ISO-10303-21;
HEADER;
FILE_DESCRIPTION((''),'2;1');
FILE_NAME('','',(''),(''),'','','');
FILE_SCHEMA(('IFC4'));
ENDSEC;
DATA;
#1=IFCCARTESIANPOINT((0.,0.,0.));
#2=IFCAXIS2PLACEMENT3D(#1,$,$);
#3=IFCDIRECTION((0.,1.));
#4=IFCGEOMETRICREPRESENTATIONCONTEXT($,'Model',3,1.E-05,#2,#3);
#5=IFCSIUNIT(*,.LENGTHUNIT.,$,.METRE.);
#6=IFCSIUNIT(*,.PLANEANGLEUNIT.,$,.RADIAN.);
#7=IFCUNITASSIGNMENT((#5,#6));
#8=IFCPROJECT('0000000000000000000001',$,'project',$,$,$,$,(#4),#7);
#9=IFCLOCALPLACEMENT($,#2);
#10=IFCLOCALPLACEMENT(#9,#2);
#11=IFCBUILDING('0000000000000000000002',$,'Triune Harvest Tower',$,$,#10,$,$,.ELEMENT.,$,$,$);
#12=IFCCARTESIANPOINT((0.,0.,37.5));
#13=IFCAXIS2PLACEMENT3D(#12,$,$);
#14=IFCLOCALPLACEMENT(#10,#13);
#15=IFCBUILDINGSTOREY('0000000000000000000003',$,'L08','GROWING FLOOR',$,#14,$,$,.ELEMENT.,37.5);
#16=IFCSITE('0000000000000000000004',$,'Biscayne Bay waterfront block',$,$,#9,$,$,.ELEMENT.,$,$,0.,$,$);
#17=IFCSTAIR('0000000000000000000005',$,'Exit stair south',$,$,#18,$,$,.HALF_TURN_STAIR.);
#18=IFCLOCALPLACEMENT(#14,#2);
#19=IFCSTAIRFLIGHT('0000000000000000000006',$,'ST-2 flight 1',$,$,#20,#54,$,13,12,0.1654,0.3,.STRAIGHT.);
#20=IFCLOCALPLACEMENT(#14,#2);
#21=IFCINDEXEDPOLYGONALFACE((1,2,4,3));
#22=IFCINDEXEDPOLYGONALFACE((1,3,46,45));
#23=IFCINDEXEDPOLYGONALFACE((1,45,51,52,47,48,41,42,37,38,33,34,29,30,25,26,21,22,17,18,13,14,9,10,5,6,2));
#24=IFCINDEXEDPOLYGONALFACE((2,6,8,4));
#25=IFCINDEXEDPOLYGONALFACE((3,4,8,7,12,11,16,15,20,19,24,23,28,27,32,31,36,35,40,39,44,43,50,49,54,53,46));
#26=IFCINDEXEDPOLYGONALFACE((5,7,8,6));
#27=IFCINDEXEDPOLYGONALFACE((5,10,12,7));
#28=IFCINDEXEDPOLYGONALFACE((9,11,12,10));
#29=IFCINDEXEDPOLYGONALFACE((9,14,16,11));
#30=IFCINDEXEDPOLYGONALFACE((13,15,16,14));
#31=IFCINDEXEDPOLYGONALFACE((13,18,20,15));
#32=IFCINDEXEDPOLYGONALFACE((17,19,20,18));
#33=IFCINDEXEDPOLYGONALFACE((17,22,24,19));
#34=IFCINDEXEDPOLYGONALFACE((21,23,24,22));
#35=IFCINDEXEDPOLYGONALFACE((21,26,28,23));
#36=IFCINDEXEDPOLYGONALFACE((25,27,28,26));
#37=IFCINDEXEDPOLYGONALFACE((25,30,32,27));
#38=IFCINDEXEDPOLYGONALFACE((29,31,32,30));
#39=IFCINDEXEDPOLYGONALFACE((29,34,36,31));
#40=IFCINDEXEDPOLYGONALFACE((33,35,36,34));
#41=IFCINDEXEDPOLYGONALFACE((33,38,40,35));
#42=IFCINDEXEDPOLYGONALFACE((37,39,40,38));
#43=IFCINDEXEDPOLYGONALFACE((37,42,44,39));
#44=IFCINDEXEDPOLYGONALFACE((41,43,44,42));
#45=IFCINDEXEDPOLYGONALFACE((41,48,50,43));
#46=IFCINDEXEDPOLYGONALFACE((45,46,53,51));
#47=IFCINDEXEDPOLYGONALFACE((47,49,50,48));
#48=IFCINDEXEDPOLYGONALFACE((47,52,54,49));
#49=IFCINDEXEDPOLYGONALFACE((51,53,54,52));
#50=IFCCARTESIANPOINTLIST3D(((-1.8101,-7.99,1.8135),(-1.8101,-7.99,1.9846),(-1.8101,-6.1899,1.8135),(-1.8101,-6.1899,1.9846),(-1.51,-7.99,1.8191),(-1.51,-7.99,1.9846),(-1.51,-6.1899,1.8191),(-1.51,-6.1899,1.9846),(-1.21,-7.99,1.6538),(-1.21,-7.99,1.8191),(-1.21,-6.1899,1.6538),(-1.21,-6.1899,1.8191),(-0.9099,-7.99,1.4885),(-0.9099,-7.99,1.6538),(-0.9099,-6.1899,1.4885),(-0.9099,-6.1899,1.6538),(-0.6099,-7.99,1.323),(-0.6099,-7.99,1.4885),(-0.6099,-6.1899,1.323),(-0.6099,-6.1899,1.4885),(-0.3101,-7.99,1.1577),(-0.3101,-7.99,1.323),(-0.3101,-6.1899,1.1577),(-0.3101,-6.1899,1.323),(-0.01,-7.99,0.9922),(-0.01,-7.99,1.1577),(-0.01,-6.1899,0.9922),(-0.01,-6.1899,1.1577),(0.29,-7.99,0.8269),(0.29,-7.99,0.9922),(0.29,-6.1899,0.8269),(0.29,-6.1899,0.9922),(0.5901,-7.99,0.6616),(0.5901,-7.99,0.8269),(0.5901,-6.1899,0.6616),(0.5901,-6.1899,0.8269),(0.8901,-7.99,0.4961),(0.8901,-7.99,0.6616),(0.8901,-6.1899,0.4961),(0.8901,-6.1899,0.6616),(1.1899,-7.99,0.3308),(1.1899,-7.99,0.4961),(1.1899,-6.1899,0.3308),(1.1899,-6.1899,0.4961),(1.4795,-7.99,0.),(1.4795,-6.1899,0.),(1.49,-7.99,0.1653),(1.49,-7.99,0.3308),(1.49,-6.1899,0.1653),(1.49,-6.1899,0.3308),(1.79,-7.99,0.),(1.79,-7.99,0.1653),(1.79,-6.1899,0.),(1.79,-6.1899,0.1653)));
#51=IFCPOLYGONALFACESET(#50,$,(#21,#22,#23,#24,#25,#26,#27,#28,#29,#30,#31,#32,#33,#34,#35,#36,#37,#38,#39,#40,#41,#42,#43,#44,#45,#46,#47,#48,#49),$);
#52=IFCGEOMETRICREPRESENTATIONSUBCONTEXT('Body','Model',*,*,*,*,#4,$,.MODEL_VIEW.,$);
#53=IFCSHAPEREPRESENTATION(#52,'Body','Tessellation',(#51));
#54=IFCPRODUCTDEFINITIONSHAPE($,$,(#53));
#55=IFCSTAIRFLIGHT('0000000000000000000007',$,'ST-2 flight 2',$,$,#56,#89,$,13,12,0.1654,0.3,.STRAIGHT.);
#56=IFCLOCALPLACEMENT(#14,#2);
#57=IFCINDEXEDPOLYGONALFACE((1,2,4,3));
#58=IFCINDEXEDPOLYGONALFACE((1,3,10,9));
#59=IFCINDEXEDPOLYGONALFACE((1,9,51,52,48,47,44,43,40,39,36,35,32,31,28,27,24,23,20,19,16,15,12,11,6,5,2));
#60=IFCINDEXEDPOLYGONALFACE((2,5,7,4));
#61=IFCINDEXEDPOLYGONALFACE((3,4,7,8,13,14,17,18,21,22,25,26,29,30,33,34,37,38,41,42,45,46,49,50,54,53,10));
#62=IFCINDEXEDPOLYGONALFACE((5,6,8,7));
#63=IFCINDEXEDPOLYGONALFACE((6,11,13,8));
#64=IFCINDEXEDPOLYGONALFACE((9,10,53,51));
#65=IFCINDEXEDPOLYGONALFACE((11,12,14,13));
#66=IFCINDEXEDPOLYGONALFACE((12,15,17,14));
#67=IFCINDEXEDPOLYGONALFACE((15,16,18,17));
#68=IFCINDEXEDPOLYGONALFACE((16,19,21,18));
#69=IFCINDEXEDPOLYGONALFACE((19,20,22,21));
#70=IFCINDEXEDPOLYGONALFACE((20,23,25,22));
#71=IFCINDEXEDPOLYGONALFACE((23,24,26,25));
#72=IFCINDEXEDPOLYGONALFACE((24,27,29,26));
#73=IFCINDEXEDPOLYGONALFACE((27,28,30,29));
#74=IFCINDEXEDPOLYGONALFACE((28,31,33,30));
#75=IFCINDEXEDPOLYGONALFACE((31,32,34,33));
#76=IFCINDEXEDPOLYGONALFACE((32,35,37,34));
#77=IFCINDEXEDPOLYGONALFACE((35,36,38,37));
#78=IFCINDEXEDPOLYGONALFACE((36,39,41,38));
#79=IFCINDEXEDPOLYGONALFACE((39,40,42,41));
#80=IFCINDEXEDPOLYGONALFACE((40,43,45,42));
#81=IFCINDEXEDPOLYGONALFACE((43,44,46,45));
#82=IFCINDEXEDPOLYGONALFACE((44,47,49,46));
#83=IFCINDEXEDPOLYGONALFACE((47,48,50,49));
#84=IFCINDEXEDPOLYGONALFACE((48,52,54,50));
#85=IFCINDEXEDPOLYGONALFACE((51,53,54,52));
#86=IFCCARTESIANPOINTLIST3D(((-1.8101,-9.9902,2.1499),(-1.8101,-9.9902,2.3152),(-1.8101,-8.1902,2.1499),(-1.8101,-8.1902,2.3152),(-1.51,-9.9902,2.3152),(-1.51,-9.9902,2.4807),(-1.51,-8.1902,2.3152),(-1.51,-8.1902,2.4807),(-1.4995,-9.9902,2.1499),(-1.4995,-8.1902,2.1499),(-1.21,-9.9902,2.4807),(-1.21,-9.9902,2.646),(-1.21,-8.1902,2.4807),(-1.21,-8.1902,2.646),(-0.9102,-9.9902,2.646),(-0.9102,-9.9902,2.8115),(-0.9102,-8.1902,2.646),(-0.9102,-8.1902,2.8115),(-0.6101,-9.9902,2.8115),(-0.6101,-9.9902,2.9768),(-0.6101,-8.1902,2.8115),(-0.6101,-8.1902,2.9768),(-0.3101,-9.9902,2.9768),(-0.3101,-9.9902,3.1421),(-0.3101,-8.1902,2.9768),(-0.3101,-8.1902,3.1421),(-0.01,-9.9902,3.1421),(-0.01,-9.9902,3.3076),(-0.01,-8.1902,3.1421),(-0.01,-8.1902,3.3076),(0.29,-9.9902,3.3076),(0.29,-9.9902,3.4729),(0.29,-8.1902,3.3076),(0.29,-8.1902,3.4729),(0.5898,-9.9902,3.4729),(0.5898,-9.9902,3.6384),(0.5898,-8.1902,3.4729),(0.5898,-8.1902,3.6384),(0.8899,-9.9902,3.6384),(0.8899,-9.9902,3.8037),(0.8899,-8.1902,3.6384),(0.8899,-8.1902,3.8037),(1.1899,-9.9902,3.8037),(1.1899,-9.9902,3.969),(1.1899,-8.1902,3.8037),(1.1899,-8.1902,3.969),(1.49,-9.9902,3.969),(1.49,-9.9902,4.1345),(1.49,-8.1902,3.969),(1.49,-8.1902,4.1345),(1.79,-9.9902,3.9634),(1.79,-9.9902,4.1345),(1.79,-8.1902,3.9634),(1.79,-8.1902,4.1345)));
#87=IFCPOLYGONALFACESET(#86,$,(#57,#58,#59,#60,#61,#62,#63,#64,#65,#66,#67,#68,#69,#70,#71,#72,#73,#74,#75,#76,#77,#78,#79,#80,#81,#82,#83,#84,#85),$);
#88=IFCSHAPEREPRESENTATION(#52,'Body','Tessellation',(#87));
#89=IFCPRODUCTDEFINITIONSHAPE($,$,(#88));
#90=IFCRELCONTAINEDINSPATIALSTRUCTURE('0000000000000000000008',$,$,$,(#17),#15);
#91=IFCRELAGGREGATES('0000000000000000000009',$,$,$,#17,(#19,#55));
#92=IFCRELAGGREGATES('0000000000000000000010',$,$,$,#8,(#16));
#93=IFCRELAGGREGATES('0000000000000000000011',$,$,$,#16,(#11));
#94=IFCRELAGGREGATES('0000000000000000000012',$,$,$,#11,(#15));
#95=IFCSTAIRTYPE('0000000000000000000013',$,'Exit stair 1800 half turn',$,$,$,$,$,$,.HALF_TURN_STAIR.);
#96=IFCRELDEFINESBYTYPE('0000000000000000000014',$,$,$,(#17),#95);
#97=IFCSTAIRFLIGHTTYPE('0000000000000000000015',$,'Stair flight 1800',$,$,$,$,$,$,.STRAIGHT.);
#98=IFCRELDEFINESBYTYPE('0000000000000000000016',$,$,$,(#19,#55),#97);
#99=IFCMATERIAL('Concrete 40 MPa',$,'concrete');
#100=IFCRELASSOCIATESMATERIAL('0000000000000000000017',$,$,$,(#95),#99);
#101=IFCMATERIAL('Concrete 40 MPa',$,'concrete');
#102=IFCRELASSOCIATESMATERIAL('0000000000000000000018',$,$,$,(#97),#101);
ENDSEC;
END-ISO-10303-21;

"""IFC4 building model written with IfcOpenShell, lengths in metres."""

from ifc_helpers import new_model, si_unit, direction, frame, origin, place, context, subcontext, project, spatial, polyline, outline, extrude, source, transform, mapped, material, type_object, element, aggregate, save


model = new_model("IFC4")

# Units and contexts
model_context = context("Model", 3, precision=1e-05, world=origin(), true_north=direction((0.0, 1.0)))
body_context = subcontext(model_context, "Body", "Model", "MODEL_VIEW")
ifc_project = project(units=[si_unit("LENGTHUNIT", "METRE"), si_unit("PLANEANGLEUNIT", "RADIAN")], contexts=[model_context])

# Site, building, storey
site_placement = place(None, origin())
site = spatial("IfcSite", under=ifc_project, at=site_placement, Name="Biscayne Bay waterfront block", CompositionType="ELEMENT", RefElevation=0.0)
building_placement = place(site_placement, origin())
building = spatial("IfcBuilding", under=site, at=building_placement, Name="Triune Harvest Tower", CompositionType="ELEMENT")
storey_placement = place(building_placement, frame((0.0, 0.0, 37.5)))
storey = spatial("IfcBuildingStorey", under=building, at=storey_placement, Name="L08", Description="GROWING FLOOR", CompositionType="ELEMENT", Elevation=37.5)

# Stair, stair flights
ifc_material_1 = material(Name="Concrete 40 MPa", Category="concrete")
stair_type = type_object("IfcStairType", Name="Exit stair 1800 half turn", PredefinedType="HALF_TURN_STAIR", material=ifc_material_1)
stair_placement = place(storey_placement, origin())
stair = element("IfcStair", 1, at=stair_placement, inside=storey, type_object=stair_type, Name="Exit stair south", PredefinedType="HALF_TURN_STAIR")
ifc_material_2 = material(Name="Concrete 40 MPa", Category="concrete")
stair_flight_type = type_object("IfcStairFlightType", Name="Stair flight 1800", PredefinedType="STRAIGHT", material=ifc_material_2)
shared_shape_1 = source(origin(), body_context, "Body", "SweptSolid", [
    extrude(outline(polyline([(0.0, 0.0), (0.0, 0.1653), (0.3, 0.1653), (0.3, 0.3308), (0.6001, 0.3308), (0.6001, 0.4961), (0.8999, 0.4961), (0.8999, 0.6616), (1.2, 0.6616), (1.2, 0.8269), (1.5, 0.8269), (1.5, 0.9922), (1.8, 0.9922), (1.8, 1.1577), (2.1001, 1.1577), (2.1001, 1.323), (2.3999, 1.323), (2.3999, 1.4885), (2.7, 1.4885), (2.7, 1.6538), (3.0, 1.6538), (3.0, 1.8191), (3.3, 1.8191), (3.3, 1.9846), (3.6001, 1.9846), (3.6001, 2.1499), (3.6001, 1.8135), (0.3105, 0.0), (0.0, 0.0)])), frame((0.0, 0.8999, 0.0), z_axis=(0.0, -1.0, 0.0), x_axis=(1.0, 0.0, 0.0)), (0.0, 0.0, 1.0), 1.8),
])
stair_flight_1_placement = place(storey_placement, frame((1.79, -7.0901, 0.0), z_axis=(0.0, 0.0, 1.0), x_axis=(-1.0, 0.0, 0.0)))
stair_flight_1 = element("IfcStairFlight", 2, at=stair_flight_1_placement, type_object=stair_flight_type, Name="ST-2 flight 1", NumberOfRisers=13, NumberOfTreads=12, PredefinedType="STRAIGHT", RiserHeight=0.1654, TreadLength=0.3, context=body_context, shape_type="MappedRepresentation", body=[
    mapped(shared_shape_1, transform((0.0, 0.0, 0.0), scale=1.0)),
])
stair_flight_2_placement = place(storey_placement, frame((-1.8101, -9.0901, 2.1499), z_axis=(0.0, 0.0, 1.0), x_axis=(1.0, 0.0, 0.0)))
stair_flight_2 = element("IfcStairFlight", 3, at=stair_flight_2_placement, type_object=stair_flight_type, Name="ST-2 flight 2", NumberOfRisers=13, NumberOfTreads=12, PredefinedType="STRAIGHT", RiserHeight=0.1654, TreadLength=0.3, context=body_context, shape_type="MappedRepresentation", body=[
    mapped(shared_shape_1, transform((0.0, 0.0, 0.0), scale=1.0)),
])
aggregate(stair, [stair_flight_1, stair_flight_2])

save(model, "model.ifc")
